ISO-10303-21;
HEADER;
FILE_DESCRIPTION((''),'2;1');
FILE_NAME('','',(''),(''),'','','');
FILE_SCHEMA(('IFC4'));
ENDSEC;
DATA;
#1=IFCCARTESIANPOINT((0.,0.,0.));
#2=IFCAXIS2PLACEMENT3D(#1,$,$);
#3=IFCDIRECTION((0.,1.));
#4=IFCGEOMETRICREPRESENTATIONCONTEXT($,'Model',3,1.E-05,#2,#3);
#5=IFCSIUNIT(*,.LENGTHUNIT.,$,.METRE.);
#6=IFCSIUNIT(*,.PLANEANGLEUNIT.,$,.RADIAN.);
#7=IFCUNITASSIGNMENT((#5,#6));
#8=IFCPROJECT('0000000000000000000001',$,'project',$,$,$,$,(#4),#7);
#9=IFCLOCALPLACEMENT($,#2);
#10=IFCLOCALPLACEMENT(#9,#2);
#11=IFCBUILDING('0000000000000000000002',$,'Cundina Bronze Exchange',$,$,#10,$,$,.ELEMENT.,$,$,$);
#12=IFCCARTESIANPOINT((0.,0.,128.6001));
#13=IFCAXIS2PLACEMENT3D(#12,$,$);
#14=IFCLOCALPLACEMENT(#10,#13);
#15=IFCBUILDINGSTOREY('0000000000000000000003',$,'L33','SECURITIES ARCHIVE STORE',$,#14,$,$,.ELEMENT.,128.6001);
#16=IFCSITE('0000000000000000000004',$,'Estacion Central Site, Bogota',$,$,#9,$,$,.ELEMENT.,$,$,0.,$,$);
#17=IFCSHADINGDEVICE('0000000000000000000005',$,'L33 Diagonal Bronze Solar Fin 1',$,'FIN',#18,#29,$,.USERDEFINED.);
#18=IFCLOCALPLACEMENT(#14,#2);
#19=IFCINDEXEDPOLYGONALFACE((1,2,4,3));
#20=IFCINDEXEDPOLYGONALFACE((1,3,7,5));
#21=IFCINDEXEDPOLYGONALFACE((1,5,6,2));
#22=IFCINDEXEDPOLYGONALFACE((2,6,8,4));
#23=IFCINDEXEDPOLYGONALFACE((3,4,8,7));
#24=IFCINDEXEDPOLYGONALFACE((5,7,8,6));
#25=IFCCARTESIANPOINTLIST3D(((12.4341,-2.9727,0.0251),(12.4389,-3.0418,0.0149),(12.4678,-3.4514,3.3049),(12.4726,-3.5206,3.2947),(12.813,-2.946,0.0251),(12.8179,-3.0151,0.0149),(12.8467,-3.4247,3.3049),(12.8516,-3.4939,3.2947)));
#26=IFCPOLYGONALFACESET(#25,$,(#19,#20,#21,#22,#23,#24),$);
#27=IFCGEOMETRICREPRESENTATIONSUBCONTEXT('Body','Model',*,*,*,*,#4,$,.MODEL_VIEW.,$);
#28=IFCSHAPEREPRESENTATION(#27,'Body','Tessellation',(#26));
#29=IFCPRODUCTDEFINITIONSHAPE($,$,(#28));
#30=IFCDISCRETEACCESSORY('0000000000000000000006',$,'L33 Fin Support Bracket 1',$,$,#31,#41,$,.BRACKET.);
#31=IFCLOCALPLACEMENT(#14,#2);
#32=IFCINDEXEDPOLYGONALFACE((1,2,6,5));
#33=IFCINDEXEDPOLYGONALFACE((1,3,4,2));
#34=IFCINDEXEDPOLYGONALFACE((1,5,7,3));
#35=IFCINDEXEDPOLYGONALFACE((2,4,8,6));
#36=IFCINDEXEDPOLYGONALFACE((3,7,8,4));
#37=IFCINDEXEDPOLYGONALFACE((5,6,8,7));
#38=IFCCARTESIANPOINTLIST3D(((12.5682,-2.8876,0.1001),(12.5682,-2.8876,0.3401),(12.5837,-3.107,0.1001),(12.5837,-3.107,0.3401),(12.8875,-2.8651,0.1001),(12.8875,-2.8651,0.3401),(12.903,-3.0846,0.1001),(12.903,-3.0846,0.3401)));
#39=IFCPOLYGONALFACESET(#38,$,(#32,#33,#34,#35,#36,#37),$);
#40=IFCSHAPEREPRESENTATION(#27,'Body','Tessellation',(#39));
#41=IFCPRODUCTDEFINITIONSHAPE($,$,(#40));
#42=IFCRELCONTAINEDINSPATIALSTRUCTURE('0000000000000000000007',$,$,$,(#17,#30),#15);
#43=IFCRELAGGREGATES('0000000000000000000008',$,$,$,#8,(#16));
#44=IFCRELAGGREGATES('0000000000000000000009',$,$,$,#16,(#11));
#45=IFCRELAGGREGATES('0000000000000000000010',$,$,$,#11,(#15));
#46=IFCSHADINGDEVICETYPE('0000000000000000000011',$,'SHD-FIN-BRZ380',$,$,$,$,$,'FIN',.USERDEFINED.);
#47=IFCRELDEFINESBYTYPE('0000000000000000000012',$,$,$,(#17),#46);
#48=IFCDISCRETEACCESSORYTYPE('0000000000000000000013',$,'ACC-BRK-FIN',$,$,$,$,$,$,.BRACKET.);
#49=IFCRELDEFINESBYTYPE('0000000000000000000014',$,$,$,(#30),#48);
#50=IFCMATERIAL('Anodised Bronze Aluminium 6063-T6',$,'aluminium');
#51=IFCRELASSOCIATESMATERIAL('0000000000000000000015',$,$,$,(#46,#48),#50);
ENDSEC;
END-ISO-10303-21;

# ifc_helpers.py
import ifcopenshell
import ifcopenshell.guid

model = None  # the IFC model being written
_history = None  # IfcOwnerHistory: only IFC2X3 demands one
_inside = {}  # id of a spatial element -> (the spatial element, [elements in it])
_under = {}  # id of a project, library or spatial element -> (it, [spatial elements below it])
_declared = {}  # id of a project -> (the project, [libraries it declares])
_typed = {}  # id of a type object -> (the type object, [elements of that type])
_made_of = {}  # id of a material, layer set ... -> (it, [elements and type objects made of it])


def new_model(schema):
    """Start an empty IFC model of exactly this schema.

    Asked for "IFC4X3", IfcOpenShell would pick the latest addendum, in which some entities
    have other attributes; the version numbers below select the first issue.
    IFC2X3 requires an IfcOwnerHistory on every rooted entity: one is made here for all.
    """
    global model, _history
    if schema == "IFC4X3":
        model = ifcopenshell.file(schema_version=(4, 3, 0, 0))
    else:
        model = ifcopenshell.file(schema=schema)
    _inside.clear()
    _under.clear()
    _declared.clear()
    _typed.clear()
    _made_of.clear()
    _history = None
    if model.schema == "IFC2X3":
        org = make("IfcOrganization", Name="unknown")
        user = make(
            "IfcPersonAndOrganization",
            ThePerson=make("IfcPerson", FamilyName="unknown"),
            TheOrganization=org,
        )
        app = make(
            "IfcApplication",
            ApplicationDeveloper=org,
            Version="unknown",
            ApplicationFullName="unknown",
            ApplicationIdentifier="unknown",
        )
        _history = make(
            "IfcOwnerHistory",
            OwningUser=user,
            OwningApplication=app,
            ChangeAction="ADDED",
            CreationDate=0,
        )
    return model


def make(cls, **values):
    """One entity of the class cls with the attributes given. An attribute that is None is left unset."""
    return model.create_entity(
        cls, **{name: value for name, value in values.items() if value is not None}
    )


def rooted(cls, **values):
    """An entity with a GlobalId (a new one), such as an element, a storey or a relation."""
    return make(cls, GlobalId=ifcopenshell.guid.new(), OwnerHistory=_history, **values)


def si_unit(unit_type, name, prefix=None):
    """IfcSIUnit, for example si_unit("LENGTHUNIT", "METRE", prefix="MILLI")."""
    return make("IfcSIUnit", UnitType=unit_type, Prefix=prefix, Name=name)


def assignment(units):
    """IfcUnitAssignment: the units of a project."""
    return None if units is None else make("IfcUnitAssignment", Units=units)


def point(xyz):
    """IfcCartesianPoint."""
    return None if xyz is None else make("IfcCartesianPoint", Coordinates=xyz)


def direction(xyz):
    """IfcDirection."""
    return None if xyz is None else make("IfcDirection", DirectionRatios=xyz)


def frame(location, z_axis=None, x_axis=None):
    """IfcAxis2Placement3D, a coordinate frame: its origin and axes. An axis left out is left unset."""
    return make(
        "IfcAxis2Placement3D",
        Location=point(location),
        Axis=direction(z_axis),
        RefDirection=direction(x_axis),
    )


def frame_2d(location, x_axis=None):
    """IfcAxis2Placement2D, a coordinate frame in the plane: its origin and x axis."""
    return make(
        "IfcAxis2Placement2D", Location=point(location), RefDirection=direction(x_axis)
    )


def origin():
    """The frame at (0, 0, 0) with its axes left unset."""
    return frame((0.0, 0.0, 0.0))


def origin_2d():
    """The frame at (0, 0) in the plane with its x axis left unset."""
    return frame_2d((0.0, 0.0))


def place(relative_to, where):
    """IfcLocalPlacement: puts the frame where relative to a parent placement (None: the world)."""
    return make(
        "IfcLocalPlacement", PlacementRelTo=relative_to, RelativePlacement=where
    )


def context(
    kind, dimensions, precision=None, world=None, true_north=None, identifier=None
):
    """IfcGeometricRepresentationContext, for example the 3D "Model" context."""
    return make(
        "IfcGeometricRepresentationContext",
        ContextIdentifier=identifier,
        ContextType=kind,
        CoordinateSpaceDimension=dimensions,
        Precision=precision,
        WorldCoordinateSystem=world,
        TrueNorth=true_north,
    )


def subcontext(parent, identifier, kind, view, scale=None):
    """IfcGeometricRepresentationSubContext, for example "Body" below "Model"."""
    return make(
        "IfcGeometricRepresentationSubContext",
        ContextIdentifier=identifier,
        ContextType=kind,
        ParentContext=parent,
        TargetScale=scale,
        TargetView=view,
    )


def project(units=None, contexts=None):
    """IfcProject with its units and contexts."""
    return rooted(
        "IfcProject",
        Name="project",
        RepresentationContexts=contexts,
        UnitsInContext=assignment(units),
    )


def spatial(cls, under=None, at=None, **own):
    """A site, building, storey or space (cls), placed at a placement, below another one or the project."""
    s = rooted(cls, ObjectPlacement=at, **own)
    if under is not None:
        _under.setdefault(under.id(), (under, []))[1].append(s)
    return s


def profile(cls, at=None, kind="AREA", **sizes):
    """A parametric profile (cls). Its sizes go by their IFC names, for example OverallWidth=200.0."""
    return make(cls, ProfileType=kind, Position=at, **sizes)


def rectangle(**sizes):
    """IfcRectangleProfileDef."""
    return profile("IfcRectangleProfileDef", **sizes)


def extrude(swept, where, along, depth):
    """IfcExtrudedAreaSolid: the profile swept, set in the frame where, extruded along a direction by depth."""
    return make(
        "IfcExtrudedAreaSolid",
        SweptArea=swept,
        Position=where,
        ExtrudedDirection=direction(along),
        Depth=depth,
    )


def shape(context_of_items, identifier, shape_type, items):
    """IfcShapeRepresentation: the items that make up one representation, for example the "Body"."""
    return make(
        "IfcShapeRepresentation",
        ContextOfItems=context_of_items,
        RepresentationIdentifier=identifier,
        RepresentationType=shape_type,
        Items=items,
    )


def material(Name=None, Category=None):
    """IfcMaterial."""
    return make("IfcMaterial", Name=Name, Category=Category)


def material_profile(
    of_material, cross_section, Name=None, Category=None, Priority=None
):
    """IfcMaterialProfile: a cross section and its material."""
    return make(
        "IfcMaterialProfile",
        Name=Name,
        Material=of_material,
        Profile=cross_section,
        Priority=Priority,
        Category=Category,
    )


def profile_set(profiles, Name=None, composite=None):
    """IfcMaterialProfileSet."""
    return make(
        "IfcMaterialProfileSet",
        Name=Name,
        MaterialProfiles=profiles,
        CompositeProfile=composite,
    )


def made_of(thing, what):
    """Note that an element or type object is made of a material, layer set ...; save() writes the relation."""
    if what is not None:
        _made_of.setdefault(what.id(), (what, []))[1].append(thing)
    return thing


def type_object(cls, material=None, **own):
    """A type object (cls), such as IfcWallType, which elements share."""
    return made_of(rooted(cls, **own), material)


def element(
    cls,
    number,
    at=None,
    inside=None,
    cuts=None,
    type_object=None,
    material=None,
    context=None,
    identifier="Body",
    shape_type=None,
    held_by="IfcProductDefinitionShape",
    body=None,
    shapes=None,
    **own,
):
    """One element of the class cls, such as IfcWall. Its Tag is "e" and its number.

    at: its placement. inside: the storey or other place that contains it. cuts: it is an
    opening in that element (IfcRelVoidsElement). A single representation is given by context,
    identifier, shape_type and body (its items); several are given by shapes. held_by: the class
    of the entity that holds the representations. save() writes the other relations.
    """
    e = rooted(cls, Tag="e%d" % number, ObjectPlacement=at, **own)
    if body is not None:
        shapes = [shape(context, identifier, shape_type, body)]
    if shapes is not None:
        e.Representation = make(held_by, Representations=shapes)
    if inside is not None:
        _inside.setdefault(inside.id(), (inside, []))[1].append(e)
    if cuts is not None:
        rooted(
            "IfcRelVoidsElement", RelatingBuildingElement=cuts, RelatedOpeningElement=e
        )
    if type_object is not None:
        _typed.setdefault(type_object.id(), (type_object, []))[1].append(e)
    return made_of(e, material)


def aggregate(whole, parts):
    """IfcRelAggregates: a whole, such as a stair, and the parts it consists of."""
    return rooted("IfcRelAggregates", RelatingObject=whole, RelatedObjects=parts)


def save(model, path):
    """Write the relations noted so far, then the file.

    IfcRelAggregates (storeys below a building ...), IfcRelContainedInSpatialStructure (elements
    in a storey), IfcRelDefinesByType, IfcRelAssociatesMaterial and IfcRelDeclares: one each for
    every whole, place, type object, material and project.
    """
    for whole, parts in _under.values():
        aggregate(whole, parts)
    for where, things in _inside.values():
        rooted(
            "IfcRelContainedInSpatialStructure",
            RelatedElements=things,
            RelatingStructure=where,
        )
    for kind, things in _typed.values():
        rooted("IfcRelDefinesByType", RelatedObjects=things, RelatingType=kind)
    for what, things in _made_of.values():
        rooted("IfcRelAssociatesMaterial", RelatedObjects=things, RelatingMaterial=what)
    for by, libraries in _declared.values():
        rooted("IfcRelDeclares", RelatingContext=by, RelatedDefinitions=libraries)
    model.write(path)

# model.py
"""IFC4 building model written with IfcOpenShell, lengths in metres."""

from ifc_helpers import new_model, si_unit, direction, frame, origin, origin_2d, place, context, subcontext, project, spatial, rectangle, extrude, material, material_profile, profile_set, type_object, element, save


model = new_model("IFC4")

# Units and contexts
model_context = context("Model", 3, precision=1e-05, world=origin(), true_north=direction((0.0, 1.0)))
body_context = subcontext(model_context, "Body", "Model", "MODEL_VIEW")
ifc_project = project(units=[si_unit("LENGTHUNIT", "METRE"), si_unit("PLANEANGLEUNIT", "RADIAN")], contexts=[model_context])

# Site, building, storey
site_placement = place(None, origin())
site = spatial("IfcSite", under=ifc_project, at=site_placement, Name="Estacion Central Site, Bogota", CompositionType="ELEMENT", RefElevation=0.0)
building_placement = place(site_placement, origin())
building = spatial("IfcBuilding", under=site, at=building_placement, Name="Cundina Bronze Exchange", CompositionType="ELEMENT")
storey_placement = place(building_placement, frame((0.0, 0.0, 128.6001)))
storey = spatial("IfcBuildingStorey", under=building, at=storey_placement, Name="L33", Description="SECURITIES ARCHIVE STORE", CompositionType="ELEMENT", Elevation=128.6001)

# Shared definitions
ifc_material_1 = material(Name="Anodised Bronze Aluminium 6063-T6", Category="aluminium")

# Shading device
ifc_material_profile_1 = material_profile(ifc_material_1, rectangle(XDim=0.0701, YDim=0.3799, at=origin_2d()), Name="FIN70X380", Category="aluminium")
ifc_profile_set_1 = profile_set([ifc_material_profile_1], Name="Anodised Bronze Aluminium 6063-T6")
shading_device_type = type_object("IfcShadingDeviceType", Name="SHD-FIN-BRZ380", ElementType="FIN", PredefinedType="USERDEFINED", material=ifc_profile_set_1)
shading_device_placement = place(storey_placement, frame((12.626, -2.9939, 0.02), z_axis=(0.010164, -0.144435, 0.989462), x_axis=(-0.069459, 0.987021, 0.144792)))
element("IfcShadingDevice", 1, at=shading_device_placement, inside=storey, type_object=shading_device_type, Name="L33 Diagonal Bronze Solar Fin 1", ObjectType="FIN", PredefinedType="USERDEFINED", context=body_context, shape_type="SweptSolid", body=[
    extrude(rectangle(XDim=0.0701, YDim=0.3799, at=origin_2d()), origin(), (0.0, 0.0, 1.0), 3.3147),
])

# Discrete accessory
discrete_accessory_type = type_object("IfcDiscreteAccessoryType", Name="ACC-BRK-FIN", PredefinedType="BRACKET", material=ifc_material_1)
discrete_accessory_placement = place(storey_placement, frame((12.7356, -2.9861, 0.1001), z_axis=(0.0, 0.0, 1.0), x_axis=(0.070279, -0.997527, 0.0)))
element("IfcDiscreteAccessory", 2, at=discrete_accessory_placement, inside=storey, type_object=discrete_accessory_type, Name="L33 Fin Support Bracket 1", PredefinedType="BRACKET", context=body_context, shape_type="SweptSolid", body=[
    extrude(rectangle(XDim=0.22, YDim=0.3201, at=origin_2d()), origin(), (0.0, 0.0, 1.0), 0.24),
])

save(model, "model.ifc")
